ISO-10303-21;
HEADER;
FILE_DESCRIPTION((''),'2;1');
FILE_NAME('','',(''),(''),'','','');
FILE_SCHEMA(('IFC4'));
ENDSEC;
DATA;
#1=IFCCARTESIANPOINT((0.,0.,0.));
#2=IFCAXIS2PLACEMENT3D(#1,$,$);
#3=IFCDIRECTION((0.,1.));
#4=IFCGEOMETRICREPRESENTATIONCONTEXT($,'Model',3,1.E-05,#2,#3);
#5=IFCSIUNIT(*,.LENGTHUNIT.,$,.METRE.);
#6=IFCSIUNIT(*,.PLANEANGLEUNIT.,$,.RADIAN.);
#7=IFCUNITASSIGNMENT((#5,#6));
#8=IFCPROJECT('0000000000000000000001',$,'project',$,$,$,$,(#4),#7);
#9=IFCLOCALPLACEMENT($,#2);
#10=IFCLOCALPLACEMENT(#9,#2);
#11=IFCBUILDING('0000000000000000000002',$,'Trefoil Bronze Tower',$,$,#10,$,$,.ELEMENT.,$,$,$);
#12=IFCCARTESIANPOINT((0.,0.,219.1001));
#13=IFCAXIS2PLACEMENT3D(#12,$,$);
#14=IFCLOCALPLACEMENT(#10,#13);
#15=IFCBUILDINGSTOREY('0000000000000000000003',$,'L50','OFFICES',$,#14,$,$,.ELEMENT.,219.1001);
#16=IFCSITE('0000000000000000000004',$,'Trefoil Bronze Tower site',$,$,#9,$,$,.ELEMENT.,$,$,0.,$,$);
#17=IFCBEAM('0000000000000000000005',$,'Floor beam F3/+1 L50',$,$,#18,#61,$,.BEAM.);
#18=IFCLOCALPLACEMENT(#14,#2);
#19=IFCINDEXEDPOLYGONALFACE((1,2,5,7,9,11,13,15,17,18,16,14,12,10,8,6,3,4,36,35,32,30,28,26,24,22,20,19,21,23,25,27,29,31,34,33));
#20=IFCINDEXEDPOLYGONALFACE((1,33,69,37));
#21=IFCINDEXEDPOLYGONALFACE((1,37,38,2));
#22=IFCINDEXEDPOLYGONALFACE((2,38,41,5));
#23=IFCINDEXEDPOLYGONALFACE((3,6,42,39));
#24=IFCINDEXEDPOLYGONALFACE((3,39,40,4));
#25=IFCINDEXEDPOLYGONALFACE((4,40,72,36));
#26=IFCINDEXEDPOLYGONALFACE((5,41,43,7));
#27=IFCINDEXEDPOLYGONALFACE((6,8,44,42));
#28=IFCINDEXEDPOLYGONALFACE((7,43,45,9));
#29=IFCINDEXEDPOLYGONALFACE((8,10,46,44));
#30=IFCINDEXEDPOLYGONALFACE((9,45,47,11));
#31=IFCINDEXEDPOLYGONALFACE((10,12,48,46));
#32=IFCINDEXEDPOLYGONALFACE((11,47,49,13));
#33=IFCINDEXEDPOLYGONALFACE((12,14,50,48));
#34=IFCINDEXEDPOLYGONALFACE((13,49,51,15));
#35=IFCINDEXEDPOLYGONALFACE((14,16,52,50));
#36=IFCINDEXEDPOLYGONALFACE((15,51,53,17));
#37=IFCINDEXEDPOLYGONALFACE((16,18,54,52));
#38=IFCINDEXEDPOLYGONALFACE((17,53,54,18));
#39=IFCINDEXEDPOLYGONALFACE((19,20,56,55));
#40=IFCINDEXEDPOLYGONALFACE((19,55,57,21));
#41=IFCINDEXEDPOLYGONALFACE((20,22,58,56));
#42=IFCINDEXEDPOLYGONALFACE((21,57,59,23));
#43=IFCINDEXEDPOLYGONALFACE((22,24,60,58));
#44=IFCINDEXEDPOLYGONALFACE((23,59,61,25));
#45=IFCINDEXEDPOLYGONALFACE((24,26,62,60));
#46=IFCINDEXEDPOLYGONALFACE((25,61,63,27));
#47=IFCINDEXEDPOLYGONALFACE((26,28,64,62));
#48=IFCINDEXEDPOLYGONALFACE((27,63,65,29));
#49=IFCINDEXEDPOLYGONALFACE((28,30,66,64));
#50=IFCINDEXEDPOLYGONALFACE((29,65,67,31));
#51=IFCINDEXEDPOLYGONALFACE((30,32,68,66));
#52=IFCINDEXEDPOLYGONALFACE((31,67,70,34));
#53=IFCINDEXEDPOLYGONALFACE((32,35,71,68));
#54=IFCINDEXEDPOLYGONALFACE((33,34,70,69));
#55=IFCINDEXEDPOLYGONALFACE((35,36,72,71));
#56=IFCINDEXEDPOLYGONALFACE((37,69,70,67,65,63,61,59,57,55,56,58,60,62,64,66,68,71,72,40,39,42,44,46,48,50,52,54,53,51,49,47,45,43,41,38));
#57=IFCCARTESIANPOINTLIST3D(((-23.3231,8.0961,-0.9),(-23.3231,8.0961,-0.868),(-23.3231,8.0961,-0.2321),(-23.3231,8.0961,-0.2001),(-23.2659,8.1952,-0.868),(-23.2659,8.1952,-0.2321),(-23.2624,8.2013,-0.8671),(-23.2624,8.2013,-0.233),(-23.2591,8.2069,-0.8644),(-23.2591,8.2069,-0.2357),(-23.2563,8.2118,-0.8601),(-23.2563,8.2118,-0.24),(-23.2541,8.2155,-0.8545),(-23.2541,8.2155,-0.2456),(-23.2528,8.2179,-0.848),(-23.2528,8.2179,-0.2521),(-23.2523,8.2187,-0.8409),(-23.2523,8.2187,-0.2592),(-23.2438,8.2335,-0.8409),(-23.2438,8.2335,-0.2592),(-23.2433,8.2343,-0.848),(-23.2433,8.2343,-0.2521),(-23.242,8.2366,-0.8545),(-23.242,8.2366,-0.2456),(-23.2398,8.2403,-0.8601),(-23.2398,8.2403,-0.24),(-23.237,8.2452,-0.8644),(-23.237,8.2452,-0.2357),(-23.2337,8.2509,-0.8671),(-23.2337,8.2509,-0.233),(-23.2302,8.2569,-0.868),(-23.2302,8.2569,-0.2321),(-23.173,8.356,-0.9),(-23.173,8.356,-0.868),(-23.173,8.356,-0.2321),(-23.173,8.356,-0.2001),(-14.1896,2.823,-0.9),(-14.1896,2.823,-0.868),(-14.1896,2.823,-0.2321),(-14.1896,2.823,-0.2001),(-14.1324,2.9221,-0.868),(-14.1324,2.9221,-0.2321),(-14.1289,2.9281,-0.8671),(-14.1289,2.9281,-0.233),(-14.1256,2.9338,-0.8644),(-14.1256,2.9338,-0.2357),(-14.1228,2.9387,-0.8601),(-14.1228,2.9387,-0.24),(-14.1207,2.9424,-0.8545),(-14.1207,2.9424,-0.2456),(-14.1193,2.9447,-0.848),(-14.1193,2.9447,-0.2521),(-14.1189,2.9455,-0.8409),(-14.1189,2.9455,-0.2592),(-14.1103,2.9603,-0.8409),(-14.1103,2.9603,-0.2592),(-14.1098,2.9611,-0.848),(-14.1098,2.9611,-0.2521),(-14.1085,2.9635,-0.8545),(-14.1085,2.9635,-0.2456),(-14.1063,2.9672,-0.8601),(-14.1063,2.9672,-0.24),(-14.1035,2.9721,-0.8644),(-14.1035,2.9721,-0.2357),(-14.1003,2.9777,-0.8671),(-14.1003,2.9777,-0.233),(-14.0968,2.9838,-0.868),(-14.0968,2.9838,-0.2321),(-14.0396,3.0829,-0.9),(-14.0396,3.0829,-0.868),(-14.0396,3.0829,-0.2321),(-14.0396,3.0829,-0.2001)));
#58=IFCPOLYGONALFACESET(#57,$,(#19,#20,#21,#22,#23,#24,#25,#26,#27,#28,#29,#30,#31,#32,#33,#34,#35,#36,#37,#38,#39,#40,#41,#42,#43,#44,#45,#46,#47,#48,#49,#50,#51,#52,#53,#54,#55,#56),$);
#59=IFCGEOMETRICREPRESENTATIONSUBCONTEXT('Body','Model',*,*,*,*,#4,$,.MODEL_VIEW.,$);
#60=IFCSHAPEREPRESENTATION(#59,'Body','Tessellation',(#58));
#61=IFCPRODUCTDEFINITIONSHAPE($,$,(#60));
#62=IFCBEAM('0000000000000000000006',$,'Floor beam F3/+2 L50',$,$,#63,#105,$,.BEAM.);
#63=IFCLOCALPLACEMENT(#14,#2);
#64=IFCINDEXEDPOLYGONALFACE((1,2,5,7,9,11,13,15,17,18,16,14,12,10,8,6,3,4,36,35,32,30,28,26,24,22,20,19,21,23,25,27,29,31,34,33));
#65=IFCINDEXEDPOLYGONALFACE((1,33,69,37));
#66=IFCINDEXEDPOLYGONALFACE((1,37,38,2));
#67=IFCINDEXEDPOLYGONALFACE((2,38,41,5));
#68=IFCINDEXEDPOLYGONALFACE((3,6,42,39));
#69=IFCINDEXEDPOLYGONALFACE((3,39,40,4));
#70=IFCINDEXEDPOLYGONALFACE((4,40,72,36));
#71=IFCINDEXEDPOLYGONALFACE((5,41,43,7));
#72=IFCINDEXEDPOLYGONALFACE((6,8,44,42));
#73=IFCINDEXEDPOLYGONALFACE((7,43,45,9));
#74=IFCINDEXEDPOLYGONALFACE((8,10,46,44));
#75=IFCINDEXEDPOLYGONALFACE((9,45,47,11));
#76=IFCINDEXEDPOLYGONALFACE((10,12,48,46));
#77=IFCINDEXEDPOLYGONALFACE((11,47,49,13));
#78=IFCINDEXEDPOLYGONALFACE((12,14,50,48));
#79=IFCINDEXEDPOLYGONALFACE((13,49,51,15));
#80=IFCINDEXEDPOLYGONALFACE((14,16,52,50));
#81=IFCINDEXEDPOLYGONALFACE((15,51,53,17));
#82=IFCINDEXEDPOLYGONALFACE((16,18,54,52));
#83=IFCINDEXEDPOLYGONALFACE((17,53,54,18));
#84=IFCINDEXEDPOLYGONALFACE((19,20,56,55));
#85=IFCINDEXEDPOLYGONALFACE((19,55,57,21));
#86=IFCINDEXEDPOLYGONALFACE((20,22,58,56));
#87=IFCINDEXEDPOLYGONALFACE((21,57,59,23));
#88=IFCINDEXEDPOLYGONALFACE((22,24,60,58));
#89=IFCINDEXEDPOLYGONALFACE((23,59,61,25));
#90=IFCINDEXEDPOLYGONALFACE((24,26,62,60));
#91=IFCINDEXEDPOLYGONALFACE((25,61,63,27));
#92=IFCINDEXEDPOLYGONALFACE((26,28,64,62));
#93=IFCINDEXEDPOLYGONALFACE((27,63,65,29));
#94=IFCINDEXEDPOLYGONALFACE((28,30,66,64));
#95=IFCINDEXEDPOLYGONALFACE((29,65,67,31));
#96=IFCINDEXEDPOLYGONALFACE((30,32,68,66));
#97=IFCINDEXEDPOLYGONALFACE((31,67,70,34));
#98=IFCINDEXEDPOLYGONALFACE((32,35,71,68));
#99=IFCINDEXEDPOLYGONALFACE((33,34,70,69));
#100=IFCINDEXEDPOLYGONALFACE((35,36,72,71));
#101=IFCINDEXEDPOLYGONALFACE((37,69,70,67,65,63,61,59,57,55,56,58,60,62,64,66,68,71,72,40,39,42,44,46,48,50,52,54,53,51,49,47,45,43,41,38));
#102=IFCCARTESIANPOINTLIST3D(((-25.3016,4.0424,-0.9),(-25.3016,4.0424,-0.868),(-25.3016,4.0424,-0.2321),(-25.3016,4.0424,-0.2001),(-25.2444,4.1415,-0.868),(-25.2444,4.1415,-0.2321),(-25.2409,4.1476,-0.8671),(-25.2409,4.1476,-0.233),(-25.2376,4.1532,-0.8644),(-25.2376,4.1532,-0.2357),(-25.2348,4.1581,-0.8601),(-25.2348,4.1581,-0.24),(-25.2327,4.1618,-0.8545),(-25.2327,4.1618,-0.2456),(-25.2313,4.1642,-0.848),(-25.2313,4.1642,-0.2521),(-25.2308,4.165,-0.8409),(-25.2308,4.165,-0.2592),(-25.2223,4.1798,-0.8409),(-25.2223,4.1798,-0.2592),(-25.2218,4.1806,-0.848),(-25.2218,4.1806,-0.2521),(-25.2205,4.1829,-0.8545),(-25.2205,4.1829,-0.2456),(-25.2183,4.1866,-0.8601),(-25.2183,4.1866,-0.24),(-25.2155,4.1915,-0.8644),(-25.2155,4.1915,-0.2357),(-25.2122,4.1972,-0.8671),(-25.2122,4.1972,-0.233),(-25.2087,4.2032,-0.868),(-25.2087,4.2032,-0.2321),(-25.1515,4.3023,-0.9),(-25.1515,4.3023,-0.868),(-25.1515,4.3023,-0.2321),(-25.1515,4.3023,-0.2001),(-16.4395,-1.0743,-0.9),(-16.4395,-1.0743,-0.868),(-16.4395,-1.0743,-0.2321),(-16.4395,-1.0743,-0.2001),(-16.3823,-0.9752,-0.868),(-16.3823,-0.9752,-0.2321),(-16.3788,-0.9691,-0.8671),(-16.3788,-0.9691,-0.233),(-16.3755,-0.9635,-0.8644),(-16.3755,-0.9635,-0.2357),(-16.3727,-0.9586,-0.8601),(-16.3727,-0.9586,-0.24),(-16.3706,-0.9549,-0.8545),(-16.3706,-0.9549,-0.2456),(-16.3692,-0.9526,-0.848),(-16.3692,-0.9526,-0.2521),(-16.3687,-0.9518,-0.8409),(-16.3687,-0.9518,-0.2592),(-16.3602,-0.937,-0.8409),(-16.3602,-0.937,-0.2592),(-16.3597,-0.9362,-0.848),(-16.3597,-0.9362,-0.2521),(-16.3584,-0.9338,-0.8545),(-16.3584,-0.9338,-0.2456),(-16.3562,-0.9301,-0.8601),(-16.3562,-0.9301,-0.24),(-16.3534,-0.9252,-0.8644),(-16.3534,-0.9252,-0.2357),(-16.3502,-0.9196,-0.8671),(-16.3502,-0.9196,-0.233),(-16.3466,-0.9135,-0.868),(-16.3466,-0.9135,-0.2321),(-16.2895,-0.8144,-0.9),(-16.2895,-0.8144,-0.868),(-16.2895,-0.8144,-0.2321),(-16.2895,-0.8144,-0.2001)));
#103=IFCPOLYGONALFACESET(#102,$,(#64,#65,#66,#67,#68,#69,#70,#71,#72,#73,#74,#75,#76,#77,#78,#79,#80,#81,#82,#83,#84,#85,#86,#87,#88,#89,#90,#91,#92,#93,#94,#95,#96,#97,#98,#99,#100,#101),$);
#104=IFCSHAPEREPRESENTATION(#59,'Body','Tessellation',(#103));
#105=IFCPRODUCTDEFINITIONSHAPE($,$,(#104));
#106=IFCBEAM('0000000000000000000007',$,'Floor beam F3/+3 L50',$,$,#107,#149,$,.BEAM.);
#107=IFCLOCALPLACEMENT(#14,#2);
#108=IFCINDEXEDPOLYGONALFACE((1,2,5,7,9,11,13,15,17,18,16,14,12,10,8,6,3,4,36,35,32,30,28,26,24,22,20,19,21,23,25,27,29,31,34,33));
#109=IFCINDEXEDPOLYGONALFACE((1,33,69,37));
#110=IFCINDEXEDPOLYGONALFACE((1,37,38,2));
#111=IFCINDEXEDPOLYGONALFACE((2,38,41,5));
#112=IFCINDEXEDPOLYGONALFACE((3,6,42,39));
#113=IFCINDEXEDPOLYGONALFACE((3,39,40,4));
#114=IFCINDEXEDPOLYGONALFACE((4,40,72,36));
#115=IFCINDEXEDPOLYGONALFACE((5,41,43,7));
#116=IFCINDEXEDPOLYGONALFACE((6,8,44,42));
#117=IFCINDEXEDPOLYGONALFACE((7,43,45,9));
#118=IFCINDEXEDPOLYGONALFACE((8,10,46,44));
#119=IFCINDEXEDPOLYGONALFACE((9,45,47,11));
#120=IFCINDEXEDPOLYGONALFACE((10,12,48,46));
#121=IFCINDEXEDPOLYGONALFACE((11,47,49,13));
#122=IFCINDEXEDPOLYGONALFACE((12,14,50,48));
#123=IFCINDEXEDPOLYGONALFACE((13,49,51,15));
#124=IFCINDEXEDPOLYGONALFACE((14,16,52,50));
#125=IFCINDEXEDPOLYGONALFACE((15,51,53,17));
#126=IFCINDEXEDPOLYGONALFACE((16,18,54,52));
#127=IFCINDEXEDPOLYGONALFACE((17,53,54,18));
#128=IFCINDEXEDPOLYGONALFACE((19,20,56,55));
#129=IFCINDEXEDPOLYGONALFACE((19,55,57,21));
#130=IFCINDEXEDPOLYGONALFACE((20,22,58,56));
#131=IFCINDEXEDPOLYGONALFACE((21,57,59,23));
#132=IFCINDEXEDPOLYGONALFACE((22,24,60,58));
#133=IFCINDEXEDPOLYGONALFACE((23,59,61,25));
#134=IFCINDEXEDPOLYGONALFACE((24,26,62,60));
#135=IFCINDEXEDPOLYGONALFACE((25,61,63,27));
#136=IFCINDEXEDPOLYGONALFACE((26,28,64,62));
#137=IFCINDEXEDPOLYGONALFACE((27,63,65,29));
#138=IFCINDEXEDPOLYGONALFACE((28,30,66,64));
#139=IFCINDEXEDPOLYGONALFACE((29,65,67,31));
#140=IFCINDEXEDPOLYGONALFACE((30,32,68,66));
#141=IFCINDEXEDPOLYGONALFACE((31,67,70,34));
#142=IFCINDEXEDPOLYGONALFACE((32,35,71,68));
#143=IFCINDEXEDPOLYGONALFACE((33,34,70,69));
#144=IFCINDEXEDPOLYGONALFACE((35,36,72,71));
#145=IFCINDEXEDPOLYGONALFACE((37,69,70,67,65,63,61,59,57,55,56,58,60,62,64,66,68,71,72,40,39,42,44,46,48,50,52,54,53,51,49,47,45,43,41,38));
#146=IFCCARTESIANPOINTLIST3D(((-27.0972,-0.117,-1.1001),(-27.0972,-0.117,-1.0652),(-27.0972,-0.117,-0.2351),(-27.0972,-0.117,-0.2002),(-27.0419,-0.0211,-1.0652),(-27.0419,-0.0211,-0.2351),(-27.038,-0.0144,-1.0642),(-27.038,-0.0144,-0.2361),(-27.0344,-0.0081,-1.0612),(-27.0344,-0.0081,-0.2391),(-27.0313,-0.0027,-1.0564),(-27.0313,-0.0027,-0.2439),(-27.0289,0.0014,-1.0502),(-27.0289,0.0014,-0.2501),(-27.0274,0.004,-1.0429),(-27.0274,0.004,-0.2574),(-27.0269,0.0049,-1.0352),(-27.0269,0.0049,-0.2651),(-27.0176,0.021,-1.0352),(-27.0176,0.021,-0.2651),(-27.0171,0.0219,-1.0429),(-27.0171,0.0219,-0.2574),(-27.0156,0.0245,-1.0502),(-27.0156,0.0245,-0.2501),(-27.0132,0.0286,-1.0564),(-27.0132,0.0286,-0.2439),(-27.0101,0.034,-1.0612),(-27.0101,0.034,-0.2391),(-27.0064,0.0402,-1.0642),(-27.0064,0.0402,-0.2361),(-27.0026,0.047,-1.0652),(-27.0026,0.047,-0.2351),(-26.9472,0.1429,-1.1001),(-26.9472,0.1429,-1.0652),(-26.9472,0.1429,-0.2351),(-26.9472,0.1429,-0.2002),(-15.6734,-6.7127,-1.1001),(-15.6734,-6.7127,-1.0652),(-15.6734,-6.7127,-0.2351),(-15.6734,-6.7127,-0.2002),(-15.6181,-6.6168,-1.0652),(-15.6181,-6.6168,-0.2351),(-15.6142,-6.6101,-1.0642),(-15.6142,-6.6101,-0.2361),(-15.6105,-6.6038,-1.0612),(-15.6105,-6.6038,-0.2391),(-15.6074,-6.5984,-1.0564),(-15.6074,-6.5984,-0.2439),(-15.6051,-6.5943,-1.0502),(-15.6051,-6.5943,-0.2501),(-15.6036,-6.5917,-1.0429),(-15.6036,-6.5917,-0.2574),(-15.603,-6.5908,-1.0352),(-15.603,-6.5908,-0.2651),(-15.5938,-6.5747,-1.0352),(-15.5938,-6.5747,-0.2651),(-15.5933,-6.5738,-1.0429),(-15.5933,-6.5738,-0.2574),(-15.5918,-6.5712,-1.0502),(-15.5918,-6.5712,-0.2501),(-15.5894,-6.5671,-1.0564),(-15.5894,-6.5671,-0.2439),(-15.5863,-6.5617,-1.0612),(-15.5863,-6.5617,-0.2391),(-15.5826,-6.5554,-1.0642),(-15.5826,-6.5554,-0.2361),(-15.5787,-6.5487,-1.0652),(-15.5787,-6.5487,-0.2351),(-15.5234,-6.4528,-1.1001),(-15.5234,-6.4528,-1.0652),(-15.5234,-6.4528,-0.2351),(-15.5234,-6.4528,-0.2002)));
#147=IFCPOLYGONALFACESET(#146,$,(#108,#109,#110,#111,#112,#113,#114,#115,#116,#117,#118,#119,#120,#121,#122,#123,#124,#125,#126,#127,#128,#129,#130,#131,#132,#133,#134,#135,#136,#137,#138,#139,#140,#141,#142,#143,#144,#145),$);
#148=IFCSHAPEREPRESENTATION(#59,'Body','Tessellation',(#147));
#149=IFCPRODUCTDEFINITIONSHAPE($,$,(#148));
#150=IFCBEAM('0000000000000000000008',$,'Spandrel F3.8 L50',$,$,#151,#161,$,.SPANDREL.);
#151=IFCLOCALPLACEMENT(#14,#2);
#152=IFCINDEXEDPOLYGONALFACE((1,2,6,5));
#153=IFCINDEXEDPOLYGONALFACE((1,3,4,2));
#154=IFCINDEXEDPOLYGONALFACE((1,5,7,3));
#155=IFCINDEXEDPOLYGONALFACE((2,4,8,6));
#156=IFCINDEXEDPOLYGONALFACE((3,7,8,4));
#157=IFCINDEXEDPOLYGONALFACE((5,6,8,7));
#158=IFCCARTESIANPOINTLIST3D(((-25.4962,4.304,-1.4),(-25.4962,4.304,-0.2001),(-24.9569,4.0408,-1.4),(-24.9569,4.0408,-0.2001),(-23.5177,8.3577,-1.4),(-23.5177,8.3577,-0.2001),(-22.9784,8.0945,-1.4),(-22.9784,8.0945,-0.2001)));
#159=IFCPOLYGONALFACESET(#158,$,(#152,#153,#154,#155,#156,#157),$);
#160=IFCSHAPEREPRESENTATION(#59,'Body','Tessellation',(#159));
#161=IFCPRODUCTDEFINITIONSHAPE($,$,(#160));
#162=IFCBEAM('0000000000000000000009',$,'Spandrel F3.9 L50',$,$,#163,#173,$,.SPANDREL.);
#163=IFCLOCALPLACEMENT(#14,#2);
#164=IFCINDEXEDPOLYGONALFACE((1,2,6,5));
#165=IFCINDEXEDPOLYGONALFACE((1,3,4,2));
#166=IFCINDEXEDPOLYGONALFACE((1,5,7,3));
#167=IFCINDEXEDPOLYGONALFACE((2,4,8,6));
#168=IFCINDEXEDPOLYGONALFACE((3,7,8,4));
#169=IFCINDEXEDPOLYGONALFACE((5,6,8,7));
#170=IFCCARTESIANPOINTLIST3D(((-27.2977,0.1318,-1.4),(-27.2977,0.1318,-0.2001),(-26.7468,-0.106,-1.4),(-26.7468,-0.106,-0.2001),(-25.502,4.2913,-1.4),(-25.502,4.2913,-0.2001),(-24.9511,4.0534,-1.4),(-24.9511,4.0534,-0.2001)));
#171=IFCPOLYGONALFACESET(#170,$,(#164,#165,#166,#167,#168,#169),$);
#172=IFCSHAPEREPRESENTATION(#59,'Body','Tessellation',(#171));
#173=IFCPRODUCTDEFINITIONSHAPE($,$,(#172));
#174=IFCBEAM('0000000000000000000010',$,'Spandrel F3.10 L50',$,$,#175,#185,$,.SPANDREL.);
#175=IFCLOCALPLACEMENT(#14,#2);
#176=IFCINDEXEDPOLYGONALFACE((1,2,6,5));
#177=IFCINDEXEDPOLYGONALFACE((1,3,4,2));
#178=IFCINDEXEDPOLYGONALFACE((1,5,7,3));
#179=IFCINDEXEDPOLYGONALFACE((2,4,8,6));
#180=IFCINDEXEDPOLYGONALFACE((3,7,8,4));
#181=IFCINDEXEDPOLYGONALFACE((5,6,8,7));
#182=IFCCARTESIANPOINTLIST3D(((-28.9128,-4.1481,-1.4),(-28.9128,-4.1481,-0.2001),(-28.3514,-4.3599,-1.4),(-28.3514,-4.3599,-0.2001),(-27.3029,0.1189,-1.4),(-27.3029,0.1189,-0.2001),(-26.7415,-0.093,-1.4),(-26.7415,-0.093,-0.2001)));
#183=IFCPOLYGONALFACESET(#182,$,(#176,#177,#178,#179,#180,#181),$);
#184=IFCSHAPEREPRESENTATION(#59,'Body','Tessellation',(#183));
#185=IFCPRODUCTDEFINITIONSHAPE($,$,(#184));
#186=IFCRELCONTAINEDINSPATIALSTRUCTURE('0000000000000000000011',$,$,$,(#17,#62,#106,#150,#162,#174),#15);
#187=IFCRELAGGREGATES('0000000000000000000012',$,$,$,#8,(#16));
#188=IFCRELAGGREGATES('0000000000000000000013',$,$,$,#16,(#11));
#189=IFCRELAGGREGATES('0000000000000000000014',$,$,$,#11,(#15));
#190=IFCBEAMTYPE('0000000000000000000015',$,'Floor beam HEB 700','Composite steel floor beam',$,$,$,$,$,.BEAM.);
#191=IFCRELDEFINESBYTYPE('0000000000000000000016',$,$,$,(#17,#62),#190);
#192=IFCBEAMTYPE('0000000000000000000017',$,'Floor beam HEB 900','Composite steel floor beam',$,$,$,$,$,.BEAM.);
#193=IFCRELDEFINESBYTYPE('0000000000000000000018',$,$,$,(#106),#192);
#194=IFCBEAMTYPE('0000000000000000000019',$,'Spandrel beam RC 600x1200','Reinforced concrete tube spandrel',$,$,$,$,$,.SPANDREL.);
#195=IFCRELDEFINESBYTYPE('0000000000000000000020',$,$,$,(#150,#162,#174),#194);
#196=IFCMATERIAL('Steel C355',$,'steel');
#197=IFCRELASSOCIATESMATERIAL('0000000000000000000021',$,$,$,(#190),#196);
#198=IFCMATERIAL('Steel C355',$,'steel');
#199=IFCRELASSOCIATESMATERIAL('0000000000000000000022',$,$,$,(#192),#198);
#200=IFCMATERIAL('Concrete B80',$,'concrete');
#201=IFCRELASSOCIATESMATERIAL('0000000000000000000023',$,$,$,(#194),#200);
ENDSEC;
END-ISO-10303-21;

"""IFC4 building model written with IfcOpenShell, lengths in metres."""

from ifc_helpers import new_model, si_unit, direction, frame, origin, origin_2d, place, context, subcontext, project, spatial, rectangle, i_section, extrude, material, material_profile, profile_set, type_object, element, save


model = new_model("IFC4")

# Units and contexts
model_context = context("Model", 3, precision=1e-05, world=origin(), true_north=direction((0.0, 1.0)))
body_context = subcontext(model_context, "Body", "Model", "MODEL_VIEW")
ifc_project = project(units=[si_unit("LENGTHUNIT", "METRE"), si_unit("PLANEANGLEUNIT", "RADIAN")], contexts=[model_context])

# Site, building, storey
site_placement = place(None, origin())
site = spatial("IfcSite", under=ifc_project, at=site_placement, Name="Trefoil Bronze Tower site", CompositionType="ELEMENT", RefElevation=0.0)
building_placement = place(site_placement, origin())
building = spatial("IfcBuilding", under=site, at=building_placement, Name="Trefoil Bronze Tower", CompositionType="ELEMENT")
storey_placement = place(building_placement, frame((0.0, 0.0, 219.1001)))
storey = spatial("IfcBuildingStorey", under=building, at=storey_placement, Name="L50", Description="OFFICES", CompositionType="ELEMENT", Elevation=219.1001)

# Beams
ifc_material_1 = material(Name="Steel C355", Category="steel")
ifc_material_profile_1 = material_profile(ifc_material_1, i_section(OverallWidth=0.3, OverallDepth=0.7, WebThickness=0.0171, FlangeThickness=0.032, FilletRadius=0.0271, at=origin_2d()), Name="HEB 700")
ifc_profile_set_1 = profile_set([ifc_material_profile_1], Name="Steel C355")
beam_type_1 = type_object("IfcBeamType", Name="Floor beam HEB 700", Description="Composite steel floor beam", PredefinedType="BEAM", material=ifc_profile_set_1)
beam_1_placement = place(storey_placement, frame((-23.248, 8.2261, -0.55), z_axis=(0.866028, -0.499996, 0.0), x_axis=(0.499996, 0.866028, 0.0)))
element("IfcBeam", 1, at=beam_1_placement, inside=storey, type_object=beam_type_1, Name="Floor beam F3/+1 L50", PredefinedType="BEAM", context=body_context, shape_type="SweptSolid", body=[
    extrude(i_section(OverallWidth=0.3, OverallDepth=0.7, WebThickness=0.0171, FlangeThickness=0.032, FilletRadius=0.0271, at=origin_2d()), origin(), (0.0, 0.0, 1.0), 10.5464),
])
beam_2_placement = place(storey_placement, frame((-25.2266, 4.1724, -0.55), z_axis=(0.866018, -0.500014, 0.0), x_axis=(0.500014, 0.866018, 0.0)))
element("IfcBeam", 2, at=beam_2_placement, inside=storey, type_object=beam_type_1, Name="Floor beam F3/+2 L50", PredefinedType="BEAM", context=body_context, shape_type="SweptSolid", body=[
    extrude(i_section(OverallWidth=0.3, OverallDepth=0.7, WebThickness=0.0171, FlangeThickness=0.032, FilletRadius=0.0271, at=origin_2d()), origin(), (0.0, 0.0, 1.0), 10.2332),
])
ifc_material_2 = material(Name="Steel C355", Category="steel")
ifc_material_profile_2 = material_profile(ifc_material_2, i_section(OverallWidth=0.3, OverallDepth=0.8999, WebThickness=0.0186, FlangeThickness=0.0349, FilletRadius=0.03, at=origin_2d()), Name="HEB 900")
ifc_profile_set_2 = profile_set([ifc_material_profile_2], Name="Steel C355")
beam_type_2 = type_object("IfcBeamType", Name="Floor beam HEB 900", Description="Composite steel floor beam", PredefinedType="BEAM", material=ifc_profile_set_2)
beam_3_placement = place(storey_placement, frame((-27.0222, 0.0129, -0.6501), z_axis=(0.86602, -0.500009, 0.0), x_axis=(0.500009, 0.86602, 0.0)))
element("IfcBeam", 3, at=beam_3_placement, inside=storey, type_object=beam_type_2, Name="Floor beam F3/+3 L50", PredefinedType="BEAM", context=body_context, shape_type="SweptSolid", body=[
    extrude(i_section(OverallWidth=0.3, OverallDepth=0.8999, WebThickness=0.0186, FlangeThickness=0.0349, FilletRadius=0.03, at=origin_2d()), origin(), (0.0, 0.0, 1.0), 13.1912),
])
ifc_material_3 = material(Name="Concrete B80", Category="concrete")
ifc_material_profile_3 = material_profile(ifc_material_3, rectangle(XDim=0.6001, YDim=1.2, at=origin_2d()), Name="RC 600x1200")
ifc_profile_set_3 = profile_set([ifc_material_profile_3], Name="Concrete B80")
beam_type_3 = type_object("IfcBeamType", Name="Spandrel beam RC 600x1200", Description="Reinforced concrete tube spandrel", PredefinedType="SPANDREL", material=ifc_profile_set_3)
beam_4_placement = place(storey_placement, frame((-23.248, 8.2261, -0.8), z_axis=(-0.43862, -0.898673, 0.0), x_axis=(0.898673, -0.43862, 0.0)))
element("IfcBeam", 4, at=beam_4_placement, inside=storey, type_object=beam_type_3, Name="Spandrel F3.8 L50", PredefinedType="SPANDREL", context=body_context, shape_type="SweptSolid", body=[
    extrude(rectangle(XDim=0.6001, YDim=1.2, at=origin_2d()), origin(), (0.0, 0.0, 1.0), 4.5107),
])
beam_5_placement = place(storey_placement, frame((-25.2266, 4.1724, -0.8), z_axis=(-0.39635, -0.918099, 0.0), x_axis=(0.918099, -0.39635, 0.0)))
element("IfcBeam", 5, at=beam_5_placement, inside=storey, type_object=beam_type_3, Name="Spandrel F3.9 L50", PredefinedType="SPANDREL", context=body_context, shape_type="SweptSolid", body=[
    extrude(rectangle(XDim=0.6001, YDim=1.2, at=origin_2d()), origin(), (0.0, 0.0, 1.0), 4.5305),
])
beam_6_placement = place(storey_placement, frame((-27.0222, 0.0129, -0.8), z_axis=(-0.353006, -0.935621, 0.0), x_axis=(0.935621, -0.353006, 0.0)))
element("IfcBeam", 6, at=beam_6_placement, inside=storey, type_object=beam_type_3, Name="Spandrel F3.10 L50", PredefinedType="SPANDREL", context=body_context, shape_type="SweptSolid", body=[
    extrude(rectangle(XDim=0.6001, YDim=1.2, at=origin_2d()), origin(), (0.0, 0.0, 1.0), 4.5605),
])

save(model, "model.ifc")
